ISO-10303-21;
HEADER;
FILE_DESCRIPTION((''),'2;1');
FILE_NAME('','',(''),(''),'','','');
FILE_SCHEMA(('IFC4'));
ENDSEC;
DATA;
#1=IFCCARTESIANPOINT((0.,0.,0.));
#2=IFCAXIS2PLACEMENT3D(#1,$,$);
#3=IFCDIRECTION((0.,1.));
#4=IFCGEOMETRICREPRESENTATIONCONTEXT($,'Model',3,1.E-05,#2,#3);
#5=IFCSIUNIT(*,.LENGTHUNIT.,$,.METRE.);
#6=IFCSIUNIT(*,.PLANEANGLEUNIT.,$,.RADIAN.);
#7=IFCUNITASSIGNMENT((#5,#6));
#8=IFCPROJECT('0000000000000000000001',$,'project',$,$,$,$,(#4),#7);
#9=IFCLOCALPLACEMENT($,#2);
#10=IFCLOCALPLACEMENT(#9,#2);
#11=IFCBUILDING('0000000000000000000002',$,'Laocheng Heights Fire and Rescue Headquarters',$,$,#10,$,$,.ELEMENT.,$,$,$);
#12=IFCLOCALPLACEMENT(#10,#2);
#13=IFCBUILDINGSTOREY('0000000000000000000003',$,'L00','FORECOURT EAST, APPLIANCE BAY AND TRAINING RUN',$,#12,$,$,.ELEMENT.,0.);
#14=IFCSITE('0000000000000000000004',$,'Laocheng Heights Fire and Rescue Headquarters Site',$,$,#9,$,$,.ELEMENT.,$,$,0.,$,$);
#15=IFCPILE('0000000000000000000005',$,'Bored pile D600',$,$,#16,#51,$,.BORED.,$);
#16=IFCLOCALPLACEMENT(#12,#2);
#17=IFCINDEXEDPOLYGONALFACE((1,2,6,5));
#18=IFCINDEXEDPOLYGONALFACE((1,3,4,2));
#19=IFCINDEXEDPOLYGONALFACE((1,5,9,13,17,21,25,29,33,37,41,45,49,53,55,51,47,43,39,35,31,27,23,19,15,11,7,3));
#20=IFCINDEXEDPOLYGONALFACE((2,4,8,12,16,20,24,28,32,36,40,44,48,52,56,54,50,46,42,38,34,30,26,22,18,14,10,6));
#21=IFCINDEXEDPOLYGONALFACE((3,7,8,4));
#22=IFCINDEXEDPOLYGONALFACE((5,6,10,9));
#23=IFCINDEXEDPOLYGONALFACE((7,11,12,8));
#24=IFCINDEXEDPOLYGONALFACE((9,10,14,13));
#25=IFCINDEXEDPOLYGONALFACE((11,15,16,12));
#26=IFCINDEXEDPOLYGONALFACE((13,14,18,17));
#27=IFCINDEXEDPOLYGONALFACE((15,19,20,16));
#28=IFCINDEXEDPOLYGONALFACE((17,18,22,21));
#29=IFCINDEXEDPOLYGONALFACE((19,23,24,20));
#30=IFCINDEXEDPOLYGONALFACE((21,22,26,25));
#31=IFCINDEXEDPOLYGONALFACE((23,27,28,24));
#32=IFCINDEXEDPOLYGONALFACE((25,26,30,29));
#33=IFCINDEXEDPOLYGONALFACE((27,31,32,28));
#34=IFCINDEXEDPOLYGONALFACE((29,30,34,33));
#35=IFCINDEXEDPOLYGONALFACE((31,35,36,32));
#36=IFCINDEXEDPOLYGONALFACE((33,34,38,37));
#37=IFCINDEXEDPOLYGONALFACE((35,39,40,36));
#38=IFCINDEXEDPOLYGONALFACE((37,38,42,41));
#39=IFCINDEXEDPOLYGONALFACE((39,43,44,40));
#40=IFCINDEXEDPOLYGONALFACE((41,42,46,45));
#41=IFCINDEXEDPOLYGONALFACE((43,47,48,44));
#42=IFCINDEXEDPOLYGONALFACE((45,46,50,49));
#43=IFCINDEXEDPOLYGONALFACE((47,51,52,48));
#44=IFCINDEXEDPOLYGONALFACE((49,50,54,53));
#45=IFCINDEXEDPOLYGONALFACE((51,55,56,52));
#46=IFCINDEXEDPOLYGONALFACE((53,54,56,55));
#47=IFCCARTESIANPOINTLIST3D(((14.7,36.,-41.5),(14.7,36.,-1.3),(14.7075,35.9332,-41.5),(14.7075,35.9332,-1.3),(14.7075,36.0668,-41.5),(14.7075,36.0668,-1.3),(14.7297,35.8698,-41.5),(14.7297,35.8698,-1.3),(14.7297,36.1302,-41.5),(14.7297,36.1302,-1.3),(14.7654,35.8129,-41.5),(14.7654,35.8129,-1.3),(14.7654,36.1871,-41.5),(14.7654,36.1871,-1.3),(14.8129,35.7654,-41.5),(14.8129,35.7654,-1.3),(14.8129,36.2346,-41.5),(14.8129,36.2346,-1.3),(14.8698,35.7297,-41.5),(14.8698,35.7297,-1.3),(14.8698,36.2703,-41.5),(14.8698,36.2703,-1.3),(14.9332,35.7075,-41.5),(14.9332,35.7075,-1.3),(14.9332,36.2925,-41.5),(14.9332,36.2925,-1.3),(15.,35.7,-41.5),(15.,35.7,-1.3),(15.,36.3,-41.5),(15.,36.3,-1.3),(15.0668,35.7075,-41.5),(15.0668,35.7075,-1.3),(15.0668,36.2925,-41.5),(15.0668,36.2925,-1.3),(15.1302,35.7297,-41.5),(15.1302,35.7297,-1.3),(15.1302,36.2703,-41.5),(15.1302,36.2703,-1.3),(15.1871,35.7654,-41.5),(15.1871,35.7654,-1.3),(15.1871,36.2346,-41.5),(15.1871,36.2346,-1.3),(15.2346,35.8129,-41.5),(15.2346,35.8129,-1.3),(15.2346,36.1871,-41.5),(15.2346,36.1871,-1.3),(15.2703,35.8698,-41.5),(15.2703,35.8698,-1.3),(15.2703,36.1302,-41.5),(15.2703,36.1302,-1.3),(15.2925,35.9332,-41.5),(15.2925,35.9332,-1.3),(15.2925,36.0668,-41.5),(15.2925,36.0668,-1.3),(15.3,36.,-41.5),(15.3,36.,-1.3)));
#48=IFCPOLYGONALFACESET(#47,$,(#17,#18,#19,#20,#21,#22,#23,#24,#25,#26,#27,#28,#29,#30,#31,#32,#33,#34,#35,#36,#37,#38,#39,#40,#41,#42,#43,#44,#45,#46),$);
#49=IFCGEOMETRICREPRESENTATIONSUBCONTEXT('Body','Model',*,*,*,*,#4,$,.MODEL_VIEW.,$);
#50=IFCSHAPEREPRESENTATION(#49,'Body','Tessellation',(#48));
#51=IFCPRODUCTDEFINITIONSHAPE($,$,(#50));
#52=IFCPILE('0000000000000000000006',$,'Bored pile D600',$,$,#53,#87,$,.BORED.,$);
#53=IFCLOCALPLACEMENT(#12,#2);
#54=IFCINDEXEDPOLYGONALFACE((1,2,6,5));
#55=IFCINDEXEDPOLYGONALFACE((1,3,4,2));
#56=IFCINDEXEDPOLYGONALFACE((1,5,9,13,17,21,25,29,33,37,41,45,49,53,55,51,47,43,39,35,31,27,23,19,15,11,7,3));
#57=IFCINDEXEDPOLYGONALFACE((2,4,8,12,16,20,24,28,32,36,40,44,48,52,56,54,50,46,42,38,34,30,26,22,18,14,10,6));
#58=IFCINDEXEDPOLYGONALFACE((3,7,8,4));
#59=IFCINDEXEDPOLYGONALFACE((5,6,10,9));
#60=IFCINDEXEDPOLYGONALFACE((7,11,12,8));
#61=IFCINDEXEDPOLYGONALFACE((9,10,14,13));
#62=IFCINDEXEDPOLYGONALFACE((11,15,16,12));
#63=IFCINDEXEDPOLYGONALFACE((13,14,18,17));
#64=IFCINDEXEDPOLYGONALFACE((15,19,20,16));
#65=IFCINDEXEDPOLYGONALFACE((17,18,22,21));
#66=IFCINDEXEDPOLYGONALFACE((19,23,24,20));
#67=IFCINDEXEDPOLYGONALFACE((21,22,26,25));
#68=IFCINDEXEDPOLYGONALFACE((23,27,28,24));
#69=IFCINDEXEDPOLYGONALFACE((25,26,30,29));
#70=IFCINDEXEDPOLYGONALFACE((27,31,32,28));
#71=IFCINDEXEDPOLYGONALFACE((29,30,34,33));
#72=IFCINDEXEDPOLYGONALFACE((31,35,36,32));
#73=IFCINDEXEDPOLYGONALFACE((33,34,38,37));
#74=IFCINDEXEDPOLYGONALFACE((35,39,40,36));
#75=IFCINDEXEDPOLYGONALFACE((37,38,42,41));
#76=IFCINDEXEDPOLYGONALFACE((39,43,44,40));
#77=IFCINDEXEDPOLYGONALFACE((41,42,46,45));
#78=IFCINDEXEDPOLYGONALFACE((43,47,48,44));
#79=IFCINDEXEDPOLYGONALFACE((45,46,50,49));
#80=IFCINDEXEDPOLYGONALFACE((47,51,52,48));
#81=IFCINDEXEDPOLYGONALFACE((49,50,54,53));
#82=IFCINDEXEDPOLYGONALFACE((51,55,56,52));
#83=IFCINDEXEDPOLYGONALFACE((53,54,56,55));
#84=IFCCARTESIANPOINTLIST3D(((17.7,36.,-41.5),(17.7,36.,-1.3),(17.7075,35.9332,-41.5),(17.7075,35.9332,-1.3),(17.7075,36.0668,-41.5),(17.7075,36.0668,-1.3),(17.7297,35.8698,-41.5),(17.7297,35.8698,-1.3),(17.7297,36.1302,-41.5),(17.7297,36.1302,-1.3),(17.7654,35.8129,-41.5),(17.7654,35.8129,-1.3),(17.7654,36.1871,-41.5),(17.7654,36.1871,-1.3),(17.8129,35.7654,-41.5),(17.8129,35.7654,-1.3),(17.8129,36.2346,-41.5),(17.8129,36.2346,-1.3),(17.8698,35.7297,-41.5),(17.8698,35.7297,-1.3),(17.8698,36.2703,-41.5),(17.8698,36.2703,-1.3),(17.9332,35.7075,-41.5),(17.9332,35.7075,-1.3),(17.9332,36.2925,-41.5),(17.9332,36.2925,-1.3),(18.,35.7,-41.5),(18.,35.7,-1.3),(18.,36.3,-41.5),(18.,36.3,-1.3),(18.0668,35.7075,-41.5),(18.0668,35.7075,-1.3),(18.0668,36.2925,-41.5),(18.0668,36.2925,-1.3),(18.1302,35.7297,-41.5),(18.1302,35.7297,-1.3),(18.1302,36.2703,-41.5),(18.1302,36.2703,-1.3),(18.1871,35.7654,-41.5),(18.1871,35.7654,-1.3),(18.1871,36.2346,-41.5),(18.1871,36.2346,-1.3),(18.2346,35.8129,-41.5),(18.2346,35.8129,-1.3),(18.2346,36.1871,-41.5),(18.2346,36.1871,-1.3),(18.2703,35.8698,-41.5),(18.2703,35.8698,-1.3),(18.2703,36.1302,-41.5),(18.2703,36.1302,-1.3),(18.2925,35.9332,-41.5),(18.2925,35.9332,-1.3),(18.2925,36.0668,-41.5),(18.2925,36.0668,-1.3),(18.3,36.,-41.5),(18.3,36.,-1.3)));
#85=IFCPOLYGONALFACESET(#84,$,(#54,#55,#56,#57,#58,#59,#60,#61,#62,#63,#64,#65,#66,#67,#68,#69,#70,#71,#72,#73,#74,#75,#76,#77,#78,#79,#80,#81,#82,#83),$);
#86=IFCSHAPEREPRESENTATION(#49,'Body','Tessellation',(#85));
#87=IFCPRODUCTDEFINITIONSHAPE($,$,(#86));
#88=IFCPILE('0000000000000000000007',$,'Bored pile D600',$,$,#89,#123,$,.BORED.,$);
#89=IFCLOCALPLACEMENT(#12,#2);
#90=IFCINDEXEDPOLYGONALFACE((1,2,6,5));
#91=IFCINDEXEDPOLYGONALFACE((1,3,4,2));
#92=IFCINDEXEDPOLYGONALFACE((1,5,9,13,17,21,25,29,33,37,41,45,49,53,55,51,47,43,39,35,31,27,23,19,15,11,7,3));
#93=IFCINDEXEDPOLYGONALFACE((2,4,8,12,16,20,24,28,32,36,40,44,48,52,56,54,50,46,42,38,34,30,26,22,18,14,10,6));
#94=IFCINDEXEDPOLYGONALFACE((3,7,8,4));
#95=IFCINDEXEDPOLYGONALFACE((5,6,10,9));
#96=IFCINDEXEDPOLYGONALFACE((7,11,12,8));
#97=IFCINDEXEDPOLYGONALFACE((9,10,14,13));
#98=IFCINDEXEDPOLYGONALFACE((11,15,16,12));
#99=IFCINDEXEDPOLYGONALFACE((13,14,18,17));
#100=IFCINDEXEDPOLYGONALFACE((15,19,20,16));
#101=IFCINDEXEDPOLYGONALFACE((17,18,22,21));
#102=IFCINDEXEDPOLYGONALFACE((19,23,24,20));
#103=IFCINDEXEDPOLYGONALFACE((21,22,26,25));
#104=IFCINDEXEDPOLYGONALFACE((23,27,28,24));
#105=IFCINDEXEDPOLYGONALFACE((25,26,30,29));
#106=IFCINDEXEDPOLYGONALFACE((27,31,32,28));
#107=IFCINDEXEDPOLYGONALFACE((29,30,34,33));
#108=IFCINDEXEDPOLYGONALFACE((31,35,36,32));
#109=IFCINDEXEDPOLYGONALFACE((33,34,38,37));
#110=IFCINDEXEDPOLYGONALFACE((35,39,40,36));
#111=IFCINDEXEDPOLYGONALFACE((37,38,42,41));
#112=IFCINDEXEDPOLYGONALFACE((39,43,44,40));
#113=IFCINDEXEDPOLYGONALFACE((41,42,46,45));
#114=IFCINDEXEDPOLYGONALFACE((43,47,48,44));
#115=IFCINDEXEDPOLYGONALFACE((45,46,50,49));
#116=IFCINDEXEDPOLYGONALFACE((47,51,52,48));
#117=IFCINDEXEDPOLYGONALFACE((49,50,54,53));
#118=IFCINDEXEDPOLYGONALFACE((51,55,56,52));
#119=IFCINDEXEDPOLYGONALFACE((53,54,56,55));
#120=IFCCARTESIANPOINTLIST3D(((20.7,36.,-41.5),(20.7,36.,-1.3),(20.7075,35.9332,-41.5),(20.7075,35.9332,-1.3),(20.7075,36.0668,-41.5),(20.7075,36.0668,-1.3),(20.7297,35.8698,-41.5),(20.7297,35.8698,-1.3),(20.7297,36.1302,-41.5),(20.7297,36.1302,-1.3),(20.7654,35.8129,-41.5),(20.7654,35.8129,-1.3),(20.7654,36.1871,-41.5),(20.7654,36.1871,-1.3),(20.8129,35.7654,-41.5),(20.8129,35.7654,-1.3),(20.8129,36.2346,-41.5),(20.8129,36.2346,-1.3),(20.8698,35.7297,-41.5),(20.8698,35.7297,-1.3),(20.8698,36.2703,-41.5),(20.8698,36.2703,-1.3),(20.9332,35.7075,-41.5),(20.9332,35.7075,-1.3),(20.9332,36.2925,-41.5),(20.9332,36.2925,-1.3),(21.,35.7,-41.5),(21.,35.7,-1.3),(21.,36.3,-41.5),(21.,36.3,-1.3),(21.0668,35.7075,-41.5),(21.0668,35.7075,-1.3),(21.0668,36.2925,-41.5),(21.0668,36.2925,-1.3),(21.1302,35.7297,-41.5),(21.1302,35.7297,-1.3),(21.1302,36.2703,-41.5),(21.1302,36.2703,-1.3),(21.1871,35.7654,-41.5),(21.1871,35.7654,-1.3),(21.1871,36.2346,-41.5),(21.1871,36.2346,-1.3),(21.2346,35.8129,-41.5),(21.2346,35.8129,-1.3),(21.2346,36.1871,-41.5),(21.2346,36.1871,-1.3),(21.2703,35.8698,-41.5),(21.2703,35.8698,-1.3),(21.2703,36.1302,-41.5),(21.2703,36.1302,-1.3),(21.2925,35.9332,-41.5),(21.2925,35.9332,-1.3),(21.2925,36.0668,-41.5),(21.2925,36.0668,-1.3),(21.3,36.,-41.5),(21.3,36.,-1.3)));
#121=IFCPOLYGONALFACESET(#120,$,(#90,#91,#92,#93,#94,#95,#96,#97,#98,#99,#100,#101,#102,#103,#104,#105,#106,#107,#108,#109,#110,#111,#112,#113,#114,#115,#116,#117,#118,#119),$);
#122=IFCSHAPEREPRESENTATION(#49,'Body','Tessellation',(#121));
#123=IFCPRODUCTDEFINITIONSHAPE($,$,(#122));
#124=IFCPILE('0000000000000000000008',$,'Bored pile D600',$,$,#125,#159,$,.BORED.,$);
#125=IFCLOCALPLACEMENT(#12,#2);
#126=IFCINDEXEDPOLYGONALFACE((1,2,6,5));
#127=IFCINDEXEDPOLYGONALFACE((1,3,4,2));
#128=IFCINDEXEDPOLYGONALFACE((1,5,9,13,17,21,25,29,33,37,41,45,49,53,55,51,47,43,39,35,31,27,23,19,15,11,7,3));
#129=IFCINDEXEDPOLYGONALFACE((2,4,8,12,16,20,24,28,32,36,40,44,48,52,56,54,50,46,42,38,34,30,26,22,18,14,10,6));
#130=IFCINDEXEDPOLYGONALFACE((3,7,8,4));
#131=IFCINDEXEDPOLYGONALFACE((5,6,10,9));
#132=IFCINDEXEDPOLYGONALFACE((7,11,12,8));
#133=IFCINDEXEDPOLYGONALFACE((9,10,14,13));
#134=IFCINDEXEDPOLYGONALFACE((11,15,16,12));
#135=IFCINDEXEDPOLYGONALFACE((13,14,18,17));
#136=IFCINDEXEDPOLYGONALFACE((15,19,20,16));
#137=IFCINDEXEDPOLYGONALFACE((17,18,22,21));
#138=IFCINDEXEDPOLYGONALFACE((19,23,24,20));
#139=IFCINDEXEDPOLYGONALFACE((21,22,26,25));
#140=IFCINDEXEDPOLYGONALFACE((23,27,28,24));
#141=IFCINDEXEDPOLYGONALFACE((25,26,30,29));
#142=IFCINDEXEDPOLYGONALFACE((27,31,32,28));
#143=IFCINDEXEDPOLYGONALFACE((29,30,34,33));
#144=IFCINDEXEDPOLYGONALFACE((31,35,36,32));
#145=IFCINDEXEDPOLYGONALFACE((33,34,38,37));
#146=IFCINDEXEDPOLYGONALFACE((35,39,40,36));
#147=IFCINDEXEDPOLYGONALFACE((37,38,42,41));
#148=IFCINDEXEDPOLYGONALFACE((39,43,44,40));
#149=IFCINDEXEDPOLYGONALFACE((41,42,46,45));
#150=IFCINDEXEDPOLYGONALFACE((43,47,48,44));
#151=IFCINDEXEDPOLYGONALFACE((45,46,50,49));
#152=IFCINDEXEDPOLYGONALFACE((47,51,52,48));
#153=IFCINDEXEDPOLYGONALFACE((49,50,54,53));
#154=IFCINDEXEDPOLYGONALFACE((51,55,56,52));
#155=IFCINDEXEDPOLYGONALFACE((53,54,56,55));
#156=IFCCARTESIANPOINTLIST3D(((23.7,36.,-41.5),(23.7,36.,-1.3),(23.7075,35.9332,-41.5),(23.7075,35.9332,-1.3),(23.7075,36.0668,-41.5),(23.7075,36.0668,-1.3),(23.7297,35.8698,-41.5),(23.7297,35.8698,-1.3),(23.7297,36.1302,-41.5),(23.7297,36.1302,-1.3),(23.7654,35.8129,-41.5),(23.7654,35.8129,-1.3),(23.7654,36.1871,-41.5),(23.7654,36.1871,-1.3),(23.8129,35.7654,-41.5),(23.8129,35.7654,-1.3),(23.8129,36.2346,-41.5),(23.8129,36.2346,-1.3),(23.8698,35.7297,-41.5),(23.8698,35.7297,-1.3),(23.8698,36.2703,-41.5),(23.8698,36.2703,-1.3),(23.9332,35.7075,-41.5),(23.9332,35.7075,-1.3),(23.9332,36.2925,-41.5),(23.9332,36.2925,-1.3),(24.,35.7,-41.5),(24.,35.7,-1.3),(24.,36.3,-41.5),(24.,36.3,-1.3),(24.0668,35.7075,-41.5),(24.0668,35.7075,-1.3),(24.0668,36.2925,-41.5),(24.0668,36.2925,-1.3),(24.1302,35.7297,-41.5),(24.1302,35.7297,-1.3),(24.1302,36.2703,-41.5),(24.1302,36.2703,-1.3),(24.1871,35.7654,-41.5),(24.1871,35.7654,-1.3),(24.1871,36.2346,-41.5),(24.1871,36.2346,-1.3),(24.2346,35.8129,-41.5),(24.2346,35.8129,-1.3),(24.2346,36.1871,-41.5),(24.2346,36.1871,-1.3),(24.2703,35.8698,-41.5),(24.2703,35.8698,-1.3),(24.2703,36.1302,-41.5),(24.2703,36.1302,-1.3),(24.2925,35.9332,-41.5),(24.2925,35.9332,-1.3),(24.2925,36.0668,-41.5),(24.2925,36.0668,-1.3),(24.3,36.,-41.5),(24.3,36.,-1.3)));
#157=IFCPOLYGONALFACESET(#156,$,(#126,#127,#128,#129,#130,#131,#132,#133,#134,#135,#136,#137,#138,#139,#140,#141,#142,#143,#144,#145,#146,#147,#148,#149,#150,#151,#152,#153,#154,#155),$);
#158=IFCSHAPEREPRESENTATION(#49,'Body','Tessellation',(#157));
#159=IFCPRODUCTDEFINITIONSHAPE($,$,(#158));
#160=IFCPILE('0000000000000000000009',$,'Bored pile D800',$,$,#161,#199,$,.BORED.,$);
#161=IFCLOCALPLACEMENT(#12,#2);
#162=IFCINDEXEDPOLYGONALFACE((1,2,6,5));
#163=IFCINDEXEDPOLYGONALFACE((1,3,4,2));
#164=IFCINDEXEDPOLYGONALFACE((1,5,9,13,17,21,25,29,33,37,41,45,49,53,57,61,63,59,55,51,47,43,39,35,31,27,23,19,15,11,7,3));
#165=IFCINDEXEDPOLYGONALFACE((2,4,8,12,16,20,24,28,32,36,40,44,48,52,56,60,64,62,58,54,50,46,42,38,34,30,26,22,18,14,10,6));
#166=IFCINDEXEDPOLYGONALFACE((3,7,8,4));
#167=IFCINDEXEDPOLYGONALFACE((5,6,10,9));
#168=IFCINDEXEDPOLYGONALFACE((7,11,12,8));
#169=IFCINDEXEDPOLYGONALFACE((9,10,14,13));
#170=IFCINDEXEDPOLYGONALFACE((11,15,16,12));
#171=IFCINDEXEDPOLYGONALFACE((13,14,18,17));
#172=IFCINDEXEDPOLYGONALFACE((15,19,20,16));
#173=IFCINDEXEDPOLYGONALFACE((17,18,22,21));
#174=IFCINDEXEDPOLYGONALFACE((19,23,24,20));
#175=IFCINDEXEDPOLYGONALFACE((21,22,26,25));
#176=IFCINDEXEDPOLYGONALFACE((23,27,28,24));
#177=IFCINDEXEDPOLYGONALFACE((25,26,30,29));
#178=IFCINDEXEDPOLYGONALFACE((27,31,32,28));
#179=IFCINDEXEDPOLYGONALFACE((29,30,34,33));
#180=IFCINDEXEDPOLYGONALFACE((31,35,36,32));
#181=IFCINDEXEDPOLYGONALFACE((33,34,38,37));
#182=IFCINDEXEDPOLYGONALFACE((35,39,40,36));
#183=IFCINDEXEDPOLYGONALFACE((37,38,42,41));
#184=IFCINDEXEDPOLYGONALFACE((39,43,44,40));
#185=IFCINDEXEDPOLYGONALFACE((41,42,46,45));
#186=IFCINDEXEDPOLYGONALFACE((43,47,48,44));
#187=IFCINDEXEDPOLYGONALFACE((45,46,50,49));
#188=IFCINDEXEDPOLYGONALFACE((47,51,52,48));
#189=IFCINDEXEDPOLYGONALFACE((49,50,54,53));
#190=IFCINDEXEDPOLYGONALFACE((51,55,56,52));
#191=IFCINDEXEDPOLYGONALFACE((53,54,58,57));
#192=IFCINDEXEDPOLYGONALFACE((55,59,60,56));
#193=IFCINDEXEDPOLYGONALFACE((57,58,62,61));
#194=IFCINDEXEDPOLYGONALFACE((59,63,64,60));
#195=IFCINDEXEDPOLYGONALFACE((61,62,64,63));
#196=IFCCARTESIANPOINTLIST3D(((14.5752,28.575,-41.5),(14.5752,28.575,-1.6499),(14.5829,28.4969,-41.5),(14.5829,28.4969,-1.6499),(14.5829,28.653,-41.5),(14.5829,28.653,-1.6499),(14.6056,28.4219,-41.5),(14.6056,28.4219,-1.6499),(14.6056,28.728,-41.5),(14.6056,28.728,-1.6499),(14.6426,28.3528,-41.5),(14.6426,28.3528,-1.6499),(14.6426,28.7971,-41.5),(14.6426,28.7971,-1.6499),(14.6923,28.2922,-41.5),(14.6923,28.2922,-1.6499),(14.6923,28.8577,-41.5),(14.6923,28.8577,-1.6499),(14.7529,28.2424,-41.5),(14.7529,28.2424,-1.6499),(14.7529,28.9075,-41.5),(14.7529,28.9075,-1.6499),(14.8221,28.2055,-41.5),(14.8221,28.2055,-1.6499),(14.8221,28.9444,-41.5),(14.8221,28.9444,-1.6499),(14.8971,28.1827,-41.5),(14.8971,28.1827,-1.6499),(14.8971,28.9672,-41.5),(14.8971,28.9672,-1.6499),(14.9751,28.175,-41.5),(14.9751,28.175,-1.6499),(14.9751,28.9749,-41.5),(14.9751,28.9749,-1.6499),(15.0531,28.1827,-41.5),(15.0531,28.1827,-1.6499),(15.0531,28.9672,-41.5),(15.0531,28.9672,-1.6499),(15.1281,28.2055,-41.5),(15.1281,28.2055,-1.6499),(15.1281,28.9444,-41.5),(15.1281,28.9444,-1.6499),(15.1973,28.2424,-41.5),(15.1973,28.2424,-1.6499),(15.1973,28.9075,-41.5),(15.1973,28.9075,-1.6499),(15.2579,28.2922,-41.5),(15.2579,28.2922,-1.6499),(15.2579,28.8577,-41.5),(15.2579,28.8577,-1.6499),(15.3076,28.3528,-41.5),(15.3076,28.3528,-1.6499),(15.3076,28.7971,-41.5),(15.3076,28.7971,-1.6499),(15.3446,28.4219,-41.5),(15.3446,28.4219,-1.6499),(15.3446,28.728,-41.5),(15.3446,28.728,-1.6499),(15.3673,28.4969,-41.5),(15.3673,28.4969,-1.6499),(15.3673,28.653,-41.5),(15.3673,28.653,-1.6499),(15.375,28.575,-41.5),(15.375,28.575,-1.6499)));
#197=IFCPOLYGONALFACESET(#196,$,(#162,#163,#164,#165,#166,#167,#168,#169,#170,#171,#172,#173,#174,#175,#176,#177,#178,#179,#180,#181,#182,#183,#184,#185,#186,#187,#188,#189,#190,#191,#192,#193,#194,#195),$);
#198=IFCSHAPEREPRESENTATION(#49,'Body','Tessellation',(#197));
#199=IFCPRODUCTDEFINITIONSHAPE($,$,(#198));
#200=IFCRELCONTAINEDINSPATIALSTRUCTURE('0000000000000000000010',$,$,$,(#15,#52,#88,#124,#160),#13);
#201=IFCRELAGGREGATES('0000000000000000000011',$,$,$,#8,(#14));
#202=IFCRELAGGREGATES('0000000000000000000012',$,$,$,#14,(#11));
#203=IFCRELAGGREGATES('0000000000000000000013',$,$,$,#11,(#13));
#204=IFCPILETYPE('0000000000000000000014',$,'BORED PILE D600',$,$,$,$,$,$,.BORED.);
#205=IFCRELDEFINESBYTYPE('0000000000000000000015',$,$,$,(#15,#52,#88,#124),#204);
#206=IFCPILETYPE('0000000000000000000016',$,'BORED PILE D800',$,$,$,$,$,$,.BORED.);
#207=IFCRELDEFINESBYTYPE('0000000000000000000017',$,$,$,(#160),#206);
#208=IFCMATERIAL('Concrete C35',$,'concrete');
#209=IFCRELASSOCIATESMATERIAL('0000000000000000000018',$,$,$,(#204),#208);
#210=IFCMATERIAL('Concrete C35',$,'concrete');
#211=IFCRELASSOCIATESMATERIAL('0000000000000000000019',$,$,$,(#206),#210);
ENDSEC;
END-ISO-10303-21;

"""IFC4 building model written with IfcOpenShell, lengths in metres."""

from ifc_helpers import new_model, si_unit, direction, frame, origin, origin_2d, place, context, subcontext, project, spatial, circle, extrude, material, material_profile, profile_set, type_object, element, save


model = new_model("IFC4")

# Units and contexts
model_context = context("Model", 3, precision=1e-05, world=origin(), true_north=direction((0.0, 1.0)))
body_context = subcontext(model_context, "Body", "Model", "MODEL_VIEW")
ifc_project = project(units=[si_unit("LENGTHUNIT", "METRE"), si_unit("PLANEANGLEUNIT", "RADIAN")], contexts=[model_context])

# Site, building, storey
site_placement = place(None, origin())
site = spatial("IfcSite", under=ifc_project, at=site_placement, Name="Laocheng Heights Fire and Rescue Headquarters Site", CompositionType="ELEMENT", RefElevation=0.0)
building_placement = place(site_placement, origin())
building = spatial("IfcBuilding", under=site, at=building_placement, Name="Laocheng Heights Fire and Rescue Headquarters", CompositionType="ELEMENT")
storey_placement = place(building_placement, origin())
storey = spatial("IfcBuildingStorey", under=building, at=storey_placement, Name="L00", Description="FORECOURT EAST, APPLIANCE BAY AND TRAINING RUN", CompositionType="ELEMENT", Elevation=0.0)

# Piles
ifc_material_1 = material(Name="Concrete C35", Category="concrete")
ifc_material_profile_1 = material_profile(ifc_material_1, circle(Radius=0.3, at=origin_2d()), Name="BORED PILE D600")
ifc_profile_set_1 = profile_set([ifc_material_profile_1], Name="Concrete C35")
pile_type_1 = type_object("IfcPileType", Name="BORED PILE D600", PredefinedType="BORED", material=ifc_profile_set_1)
for number, where, z_axis, x_axis, name in (
    (1, (15.0, 36.0, -1.3), (0.0, 0.0, -1.0), (1.0, 0.0, 0.0), "Bored pile D600"),
    (2, (18.0, 36.0, -1.3), (0.0, 0.0, -1.0), (1.0, 0.0, 0.0), "Bored pile D600"),
    (3, (21.0, 36.0, -1.3), (0.0, 0.0, -1.0), (1.0, 0.0, 0.0), "Bored pile D600"),
    (4, (24.0, 36.0, -1.3), (0.0, 0.0, -1.0), (1.0, 0.0, 0.0), "Bored pile D600"),
):
    element("IfcPile", number, at=place(storey_placement, frame(where, z_axis=z_axis, x_axis=x_axis)), inside=storey, type_object=pile_type_1, Name=name, PredefinedType="BORED", context=body_context, shape_type="SweptSolid", body=[
        extrude(circle(Radius=0.3, at=origin_2d()), origin(), (0.0, 0.0, 1.0), 40.2),
    ])
ifc_material_2 = material(Name="Concrete C35", Category="concrete")
ifc_material_profile_2 = material_profile(ifc_material_2, circle(Radius=0.3999, at=origin_2d()), Name="BORED PILE D800")
ifc_profile_set_2 = profile_set([ifc_material_profile_2], Name="Concrete C35")
pile_type_2 = type_object("IfcPileType", Name="BORED PILE D800", PredefinedType="BORED", material=ifc_profile_set_2)
pile_placement = place(storey_placement, frame((14.9751, 28.575, -1.6499), z_axis=(0.0, 0.0, -1.0), x_axis=(1.0, 0.0, 0.0)))
element("IfcPile", 5, at=pile_placement, inside=storey, type_object=pile_type_2, Name="Bored pile D800", PredefinedType="BORED", context=body_context, shape_type="SweptSolid", body=[
    extrude(circle(Radius=0.3999, at=origin_2d()), origin(), (0.0, 0.0, 1.0), 39.8501),
])

save(model, "model.ifc")
